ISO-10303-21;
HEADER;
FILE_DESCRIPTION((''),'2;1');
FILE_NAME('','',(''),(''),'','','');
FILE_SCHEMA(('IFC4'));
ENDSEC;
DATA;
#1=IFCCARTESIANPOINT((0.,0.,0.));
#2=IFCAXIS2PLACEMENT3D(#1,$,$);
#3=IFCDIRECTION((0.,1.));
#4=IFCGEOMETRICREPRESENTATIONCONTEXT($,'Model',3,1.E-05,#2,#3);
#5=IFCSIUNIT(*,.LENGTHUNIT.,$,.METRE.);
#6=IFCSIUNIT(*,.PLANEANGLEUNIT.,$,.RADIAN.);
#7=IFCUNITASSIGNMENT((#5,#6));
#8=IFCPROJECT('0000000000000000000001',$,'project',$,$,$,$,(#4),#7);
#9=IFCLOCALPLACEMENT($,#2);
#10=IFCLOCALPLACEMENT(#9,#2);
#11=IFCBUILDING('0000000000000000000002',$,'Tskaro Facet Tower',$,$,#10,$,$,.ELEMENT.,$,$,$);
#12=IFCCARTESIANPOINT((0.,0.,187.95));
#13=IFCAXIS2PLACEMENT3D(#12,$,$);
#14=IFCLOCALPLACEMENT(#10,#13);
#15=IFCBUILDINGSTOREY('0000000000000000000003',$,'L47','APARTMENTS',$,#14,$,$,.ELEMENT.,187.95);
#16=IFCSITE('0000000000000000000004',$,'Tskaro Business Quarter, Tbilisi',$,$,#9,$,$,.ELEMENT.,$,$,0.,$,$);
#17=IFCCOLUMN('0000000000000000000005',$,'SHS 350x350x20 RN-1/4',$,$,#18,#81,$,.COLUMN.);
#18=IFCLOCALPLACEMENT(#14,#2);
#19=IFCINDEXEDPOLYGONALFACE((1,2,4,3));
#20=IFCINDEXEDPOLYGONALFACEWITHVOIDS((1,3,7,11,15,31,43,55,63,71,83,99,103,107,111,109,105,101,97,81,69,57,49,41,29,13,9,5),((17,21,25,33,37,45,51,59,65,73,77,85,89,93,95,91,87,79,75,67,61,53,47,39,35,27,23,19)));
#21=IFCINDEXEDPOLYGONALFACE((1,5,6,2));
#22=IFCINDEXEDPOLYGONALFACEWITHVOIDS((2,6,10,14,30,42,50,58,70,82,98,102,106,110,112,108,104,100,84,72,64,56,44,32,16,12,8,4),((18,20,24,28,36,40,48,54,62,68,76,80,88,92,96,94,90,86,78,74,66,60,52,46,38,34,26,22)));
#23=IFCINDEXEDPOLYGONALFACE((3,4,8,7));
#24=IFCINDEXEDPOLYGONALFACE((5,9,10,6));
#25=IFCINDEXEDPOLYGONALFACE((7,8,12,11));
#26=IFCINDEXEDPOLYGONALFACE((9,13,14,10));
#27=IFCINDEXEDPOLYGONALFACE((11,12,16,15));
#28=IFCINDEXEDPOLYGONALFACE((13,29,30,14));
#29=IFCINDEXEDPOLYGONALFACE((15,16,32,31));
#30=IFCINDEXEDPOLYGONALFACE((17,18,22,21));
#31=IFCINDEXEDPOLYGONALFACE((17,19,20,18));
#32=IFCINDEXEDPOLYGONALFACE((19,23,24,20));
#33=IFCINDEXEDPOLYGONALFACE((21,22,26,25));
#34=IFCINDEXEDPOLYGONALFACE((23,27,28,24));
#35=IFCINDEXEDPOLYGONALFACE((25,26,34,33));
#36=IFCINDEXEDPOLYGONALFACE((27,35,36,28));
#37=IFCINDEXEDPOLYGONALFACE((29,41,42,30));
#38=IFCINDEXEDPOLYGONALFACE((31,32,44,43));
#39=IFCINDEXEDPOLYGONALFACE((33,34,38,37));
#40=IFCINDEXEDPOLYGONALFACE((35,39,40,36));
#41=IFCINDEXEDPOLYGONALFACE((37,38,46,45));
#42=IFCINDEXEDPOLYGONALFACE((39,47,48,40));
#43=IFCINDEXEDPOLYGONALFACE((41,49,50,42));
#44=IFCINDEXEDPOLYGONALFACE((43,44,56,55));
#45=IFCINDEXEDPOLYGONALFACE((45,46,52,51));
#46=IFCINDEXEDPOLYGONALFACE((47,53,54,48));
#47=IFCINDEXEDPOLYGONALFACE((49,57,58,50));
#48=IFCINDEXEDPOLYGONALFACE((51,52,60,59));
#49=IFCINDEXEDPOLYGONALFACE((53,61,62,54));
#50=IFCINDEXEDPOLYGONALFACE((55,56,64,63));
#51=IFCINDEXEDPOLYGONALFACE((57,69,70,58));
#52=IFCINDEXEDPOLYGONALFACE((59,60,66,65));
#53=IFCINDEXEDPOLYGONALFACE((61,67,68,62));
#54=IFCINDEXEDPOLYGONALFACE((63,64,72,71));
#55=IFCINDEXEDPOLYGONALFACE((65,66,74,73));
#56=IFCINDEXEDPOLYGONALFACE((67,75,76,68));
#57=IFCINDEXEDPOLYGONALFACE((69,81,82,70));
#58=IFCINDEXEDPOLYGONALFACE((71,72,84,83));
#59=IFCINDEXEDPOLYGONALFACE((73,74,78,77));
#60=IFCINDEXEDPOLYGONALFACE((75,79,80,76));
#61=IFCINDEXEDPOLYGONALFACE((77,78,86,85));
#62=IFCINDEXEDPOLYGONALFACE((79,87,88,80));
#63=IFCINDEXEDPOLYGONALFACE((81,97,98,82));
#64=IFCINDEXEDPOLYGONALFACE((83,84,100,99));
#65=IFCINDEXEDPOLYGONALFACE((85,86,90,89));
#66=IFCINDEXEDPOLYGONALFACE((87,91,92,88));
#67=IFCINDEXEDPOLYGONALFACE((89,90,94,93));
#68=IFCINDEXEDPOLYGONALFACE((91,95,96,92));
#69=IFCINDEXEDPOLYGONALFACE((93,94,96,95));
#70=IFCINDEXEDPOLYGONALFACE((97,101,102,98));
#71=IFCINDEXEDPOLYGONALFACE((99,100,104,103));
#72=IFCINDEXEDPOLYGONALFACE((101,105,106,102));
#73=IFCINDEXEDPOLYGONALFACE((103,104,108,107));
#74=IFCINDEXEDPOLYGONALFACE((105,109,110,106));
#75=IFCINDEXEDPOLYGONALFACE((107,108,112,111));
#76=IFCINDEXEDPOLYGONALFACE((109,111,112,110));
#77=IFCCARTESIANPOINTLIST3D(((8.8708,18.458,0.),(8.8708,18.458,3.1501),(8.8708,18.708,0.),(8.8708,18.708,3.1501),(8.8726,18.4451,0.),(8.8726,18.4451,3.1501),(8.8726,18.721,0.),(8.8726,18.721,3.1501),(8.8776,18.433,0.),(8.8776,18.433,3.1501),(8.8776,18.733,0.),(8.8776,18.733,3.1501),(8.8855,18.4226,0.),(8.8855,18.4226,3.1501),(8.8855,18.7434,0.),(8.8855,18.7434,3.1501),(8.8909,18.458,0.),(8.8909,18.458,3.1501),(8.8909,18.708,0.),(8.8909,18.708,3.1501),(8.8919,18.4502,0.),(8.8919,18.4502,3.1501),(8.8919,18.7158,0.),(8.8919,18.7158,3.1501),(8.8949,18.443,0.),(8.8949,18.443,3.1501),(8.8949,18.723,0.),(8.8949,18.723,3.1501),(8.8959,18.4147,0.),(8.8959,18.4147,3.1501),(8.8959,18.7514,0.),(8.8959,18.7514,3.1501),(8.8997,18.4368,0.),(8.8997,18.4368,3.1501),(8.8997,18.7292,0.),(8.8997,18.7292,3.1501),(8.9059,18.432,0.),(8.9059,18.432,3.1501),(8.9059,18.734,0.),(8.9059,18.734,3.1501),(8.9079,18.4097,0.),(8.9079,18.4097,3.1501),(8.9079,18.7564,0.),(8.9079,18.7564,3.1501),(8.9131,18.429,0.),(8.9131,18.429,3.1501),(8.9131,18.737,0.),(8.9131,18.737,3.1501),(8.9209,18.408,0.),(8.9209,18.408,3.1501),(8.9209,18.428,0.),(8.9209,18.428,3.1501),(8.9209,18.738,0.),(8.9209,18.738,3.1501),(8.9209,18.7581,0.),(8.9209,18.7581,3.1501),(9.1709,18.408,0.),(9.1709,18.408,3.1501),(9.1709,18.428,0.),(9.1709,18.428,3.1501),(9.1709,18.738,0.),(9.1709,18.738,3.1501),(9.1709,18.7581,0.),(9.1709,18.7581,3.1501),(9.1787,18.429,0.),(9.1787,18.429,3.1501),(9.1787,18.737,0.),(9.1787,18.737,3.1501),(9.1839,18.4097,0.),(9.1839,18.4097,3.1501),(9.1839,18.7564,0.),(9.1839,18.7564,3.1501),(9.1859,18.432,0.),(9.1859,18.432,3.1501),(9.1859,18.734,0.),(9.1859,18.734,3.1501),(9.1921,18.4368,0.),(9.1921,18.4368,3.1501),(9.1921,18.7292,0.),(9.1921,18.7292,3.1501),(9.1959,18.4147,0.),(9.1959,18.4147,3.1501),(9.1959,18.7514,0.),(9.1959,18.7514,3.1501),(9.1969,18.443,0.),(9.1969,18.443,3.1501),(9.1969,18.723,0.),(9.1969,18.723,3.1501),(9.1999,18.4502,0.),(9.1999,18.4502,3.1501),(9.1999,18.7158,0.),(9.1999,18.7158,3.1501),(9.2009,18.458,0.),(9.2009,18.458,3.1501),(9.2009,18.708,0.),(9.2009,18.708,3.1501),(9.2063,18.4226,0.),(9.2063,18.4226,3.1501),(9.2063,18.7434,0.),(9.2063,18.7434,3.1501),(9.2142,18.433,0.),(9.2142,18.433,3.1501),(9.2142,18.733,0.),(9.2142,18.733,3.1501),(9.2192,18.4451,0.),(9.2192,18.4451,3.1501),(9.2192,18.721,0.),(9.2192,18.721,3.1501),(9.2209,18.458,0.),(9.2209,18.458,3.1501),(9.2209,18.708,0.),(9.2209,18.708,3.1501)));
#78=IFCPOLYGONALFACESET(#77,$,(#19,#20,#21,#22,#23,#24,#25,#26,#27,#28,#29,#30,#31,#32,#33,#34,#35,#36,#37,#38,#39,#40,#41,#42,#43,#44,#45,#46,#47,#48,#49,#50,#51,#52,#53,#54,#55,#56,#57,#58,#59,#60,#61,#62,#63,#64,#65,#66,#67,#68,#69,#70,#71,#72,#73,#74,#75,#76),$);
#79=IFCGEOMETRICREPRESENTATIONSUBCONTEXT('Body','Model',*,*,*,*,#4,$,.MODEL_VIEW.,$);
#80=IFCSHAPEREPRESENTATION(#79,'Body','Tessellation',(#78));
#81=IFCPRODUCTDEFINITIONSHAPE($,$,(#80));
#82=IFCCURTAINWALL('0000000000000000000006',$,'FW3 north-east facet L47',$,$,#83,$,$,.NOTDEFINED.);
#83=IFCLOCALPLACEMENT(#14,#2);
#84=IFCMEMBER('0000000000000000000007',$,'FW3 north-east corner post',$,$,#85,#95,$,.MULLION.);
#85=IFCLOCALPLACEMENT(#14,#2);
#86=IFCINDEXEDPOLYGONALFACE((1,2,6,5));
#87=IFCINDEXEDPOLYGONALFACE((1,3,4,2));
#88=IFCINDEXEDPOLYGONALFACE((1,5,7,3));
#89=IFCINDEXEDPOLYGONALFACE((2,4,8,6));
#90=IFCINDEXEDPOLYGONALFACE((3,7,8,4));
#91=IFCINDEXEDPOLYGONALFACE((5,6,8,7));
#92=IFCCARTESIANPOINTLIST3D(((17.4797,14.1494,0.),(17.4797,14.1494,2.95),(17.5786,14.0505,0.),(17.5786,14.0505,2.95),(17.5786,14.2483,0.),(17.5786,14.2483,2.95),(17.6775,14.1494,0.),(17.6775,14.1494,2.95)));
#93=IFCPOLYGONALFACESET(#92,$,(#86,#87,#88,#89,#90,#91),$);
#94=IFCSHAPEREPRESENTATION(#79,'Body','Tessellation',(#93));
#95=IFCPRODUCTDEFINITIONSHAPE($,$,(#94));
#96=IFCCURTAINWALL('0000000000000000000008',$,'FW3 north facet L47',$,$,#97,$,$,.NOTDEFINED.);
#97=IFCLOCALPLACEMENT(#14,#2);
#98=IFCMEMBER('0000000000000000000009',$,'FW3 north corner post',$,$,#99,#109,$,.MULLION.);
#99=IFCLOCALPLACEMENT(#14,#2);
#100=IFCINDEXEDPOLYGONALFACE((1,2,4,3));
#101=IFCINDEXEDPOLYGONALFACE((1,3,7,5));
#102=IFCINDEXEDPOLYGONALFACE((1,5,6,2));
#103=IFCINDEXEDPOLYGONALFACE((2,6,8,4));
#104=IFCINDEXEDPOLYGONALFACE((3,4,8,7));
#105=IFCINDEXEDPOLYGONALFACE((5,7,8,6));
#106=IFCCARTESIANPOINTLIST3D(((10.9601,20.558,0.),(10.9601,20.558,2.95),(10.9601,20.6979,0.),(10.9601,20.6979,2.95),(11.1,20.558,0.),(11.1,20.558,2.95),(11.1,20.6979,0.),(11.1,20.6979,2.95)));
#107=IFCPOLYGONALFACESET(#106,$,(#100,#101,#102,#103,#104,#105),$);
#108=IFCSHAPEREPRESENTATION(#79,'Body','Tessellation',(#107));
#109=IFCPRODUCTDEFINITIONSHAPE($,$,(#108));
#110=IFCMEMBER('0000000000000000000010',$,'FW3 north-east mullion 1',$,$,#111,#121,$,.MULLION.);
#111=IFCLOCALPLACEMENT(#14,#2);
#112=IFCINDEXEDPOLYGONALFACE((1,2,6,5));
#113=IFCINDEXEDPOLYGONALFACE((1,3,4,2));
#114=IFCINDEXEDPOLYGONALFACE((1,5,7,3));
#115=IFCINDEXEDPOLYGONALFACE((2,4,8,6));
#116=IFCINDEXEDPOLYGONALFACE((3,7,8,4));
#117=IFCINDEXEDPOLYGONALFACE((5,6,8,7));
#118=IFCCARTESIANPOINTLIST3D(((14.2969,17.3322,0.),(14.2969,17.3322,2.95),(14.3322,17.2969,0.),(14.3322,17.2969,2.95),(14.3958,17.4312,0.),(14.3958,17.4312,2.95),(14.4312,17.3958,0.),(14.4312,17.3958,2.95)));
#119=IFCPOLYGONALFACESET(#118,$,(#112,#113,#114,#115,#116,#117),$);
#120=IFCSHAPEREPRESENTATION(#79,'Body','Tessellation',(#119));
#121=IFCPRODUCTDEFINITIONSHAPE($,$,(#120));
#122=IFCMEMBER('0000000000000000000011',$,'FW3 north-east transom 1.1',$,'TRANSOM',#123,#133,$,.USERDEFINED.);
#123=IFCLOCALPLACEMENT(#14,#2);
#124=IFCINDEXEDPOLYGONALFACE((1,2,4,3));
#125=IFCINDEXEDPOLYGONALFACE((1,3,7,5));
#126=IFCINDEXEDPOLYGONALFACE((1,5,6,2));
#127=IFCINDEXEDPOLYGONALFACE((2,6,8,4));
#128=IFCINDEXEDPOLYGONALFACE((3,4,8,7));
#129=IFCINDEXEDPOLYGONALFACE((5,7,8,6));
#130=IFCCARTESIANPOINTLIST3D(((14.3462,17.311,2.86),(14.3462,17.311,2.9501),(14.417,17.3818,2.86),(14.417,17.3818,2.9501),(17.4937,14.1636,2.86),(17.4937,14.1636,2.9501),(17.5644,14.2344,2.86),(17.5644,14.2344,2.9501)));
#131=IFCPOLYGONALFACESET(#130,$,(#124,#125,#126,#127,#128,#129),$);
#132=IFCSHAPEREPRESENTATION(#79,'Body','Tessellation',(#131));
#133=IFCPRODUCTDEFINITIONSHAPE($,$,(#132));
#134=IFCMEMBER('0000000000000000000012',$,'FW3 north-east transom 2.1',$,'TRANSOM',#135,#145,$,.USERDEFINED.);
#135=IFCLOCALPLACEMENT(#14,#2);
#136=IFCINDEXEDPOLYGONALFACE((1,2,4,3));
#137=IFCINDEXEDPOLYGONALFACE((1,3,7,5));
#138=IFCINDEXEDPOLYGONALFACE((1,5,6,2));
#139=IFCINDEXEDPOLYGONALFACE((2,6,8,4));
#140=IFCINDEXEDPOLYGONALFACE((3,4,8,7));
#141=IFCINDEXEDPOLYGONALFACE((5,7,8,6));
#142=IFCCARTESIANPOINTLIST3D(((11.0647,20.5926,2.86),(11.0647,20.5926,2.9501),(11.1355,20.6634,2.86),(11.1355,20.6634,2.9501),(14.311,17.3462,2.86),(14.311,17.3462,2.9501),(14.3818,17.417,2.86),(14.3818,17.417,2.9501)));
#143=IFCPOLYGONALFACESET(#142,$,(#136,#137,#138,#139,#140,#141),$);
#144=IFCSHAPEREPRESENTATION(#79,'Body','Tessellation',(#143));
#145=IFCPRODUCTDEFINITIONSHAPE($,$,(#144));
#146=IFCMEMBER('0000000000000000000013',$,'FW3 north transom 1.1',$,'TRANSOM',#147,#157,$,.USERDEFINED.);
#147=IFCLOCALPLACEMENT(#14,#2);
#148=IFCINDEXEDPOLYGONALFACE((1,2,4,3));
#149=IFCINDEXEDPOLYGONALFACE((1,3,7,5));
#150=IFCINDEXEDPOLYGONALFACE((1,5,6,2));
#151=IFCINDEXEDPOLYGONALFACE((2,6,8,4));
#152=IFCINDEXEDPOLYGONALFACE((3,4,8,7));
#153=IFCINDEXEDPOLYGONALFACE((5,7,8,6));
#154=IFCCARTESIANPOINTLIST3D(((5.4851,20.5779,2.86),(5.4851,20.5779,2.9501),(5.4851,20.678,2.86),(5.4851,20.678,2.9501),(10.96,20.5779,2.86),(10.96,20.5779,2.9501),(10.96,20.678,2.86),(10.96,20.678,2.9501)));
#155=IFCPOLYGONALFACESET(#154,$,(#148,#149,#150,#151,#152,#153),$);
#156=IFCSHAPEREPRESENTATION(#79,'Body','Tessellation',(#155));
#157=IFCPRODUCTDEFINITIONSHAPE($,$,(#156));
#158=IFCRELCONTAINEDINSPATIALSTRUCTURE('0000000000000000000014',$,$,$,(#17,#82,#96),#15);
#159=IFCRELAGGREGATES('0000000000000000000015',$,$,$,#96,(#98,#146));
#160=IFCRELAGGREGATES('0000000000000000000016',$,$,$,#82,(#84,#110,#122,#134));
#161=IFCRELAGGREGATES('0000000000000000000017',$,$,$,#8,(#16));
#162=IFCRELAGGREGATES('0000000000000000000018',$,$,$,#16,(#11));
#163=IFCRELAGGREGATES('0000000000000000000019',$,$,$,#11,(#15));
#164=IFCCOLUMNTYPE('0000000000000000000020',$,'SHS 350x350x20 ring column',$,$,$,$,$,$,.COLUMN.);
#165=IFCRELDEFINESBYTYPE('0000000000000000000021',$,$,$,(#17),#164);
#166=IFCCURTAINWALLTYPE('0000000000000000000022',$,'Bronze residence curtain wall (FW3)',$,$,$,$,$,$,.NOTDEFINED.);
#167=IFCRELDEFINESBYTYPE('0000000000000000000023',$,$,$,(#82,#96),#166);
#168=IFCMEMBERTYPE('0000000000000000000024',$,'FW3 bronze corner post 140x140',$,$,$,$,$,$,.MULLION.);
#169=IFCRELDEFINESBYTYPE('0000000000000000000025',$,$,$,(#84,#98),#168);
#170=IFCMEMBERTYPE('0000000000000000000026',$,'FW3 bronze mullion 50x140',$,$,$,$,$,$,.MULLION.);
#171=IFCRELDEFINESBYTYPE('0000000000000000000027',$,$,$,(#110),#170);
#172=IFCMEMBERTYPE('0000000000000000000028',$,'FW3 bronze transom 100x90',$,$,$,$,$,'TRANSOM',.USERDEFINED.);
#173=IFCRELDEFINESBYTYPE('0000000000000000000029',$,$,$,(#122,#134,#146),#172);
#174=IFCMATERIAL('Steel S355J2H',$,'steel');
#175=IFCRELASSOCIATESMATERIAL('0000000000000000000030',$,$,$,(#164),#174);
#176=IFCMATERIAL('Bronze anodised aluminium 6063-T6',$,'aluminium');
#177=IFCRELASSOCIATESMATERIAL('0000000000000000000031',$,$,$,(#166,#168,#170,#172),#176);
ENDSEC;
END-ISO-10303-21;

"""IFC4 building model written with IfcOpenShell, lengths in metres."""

from ifc_helpers import new_model, si_unit, direction, frame, origin, origin_2d, place, context, subcontext, project, spatial, rectangle, hollow_rectangle, extrude, material, material_profile, profile_set, type_object, element, aggregate, save


model = new_model("IFC4")

# Units and contexts
model_context = context("Model", 3, precision=1e-05, world=origin(), true_north=direction((0.0, 1.0)))
body_context = subcontext(model_context, "Body", "Model", "MODEL_VIEW")
ifc_project = project(units=[si_unit("LENGTHUNIT", "METRE"), si_unit("PLANEANGLEUNIT", "RADIAN")], contexts=[model_context])

# Site, building, storey
site_placement = place(None, origin())
site = spatial("IfcSite", under=ifc_project, at=site_placement, Name="Tskaro Business Quarter, Tbilisi", CompositionType="ELEMENT", RefElevation=0.0)
building_placement = place(site_placement, origin())
building = spatial("IfcBuilding", under=site, at=building_placement, Name="Tskaro Facet Tower", CompositionType="ELEMENT")
storey_placement = place(building_placement, frame((0.0, 0.0, 187.95)))
storey = spatial("IfcBuildingStorey", under=building, at=storey_placement, Name="L47", Description="APARTMENTS", CompositionType="ELEMENT", Elevation=187.95)

# Column
ifc_material_1 = material(Name="Steel S355J2H", Category="steel")
ifc_material_profile_1 = material_profile(ifc_material_1, hollow_rectangle(XDim=0.3501, YDim=0.3501, WallThickness=0.02, InnerFilletRadius=0.03, OuterFilletRadius=0.05, at=origin_2d()), Name="SHS 350x350x20")
ifc_profile_set_1 = profile_set([ifc_material_profile_1], Name="Steel S355J2H")
column_type_1 = type_object("IfcColumnType", Name="SHS 350x350x20 ring column", PredefinedType="COLUMN", material=ifc_profile_set_1)
for number, where, z_axis, x_axis, name in (
    (1, (9.0459, 18.583, 0.0), (0.0, 0.0, 1.0), (1.0, 0.0, 0.0), "SHS 350x350x20 RN-1/4"),
):
    element("IfcColumn", number, at=place(storey_placement, frame(where, z_axis=z_axis, x_axis=x_axis)), inside=storey, type_object=column_type_1, Name=name, PredefinedType="COLUMN", context=body_context, shape_type="SweptSolid", body=[
        extrude(hollow_rectangle(XDim=0.3501, YDim=0.3501, WallThickness=0.02, InnerFilletRadius=0.03, OuterFilletRadius=0.05, at=origin_2d()), origin(), (0.0, 0.0, 1.0), 3.1501),
    ])

# Curtain walls, members
ifc_material_2 = material(Name="Bronze anodised aluminium 6063-T6", Category="aluminium")
curtain_wall_type = type_object("IfcCurtainWallType", Name="Bronze residence curtain wall (FW3)", PredefinedType="NOTDEFINED", material=ifc_material_2)
curtain_wall_1_placement = place(storey_placement, origin())
curtain_wall_1 = element("IfcCurtainWall", 2, at=curtain_wall_1_placement, inside=storey, type_object=curtain_wall_type, Name="FW3 north-east facet L47", PredefinedType="NOTDEFINED")
ifc_material_profile_2 = material_profile(ifc_material_2, rectangle(XDim=0.1399, YDim=0.1399, at=origin_2d()), Name="Corner post 140x140")
ifc_profile_set_2 = profile_set([ifc_material_profile_2], Name="Bronze anodised aluminium 6063-T6")
member_type_1 = type_object("IfcMemberType", Name="FW3 bronze corner post 140x140", PredefinedType="MULLION", material=ifc_profile_set_2)
member_1_placement = place(storey_placement, frame((17.5786, 14.1494, 0.0), z_axis=(0.0, 0.0, 1.0), x_axis=(-0.707107, 0.707107, 0.0)))
member_1 = element("IfcMember", 3, at=member_1_placement, type_object=member_type_1, Name="FW3 north-east corner post", PredefinedType="MULLION", context=body_context, shape_type="SweptSolid", body=[
    extrude(rectangle(XDim=0.1399, YDim=0.1399, at=origin_2d()), origin(), (0.0, 0.0, 1.0), 2.95),
])
curtain_wall_2_placement = place(storey_placement, origin())
curtain_wall_2 = element("IfcCurtainWall", 4, at=curtain_wall_2_placement, inside=storey, type_object=curtain_wall_type, Name="FW3 north facet L47", PredefinedType="NOTDEFINED")
member_2_placement = place(storey_placement, frame((11.03, 20.6279, 0.0), z_axis=(0.0, 0.0, 1.0), x_axis=(-1.0, 0.0, 0.0)))
member_2 = element("IfcMember", 5, at=member_2_placement, type_object=member_type_1, Name="FW3 north corner post", PredefinedType="MULLION", context=body_context, shape_type="SweptSolid", body=[
    extrude(rectangle(XDim=0.1399, YDim=0.1399, at=origin_2d()), origin(), (0.0, 0.0, 1.0), 2.95),
])

# Members
ifc_material_profile_3 = material_profile(ifc_material_2, rectangle(XDim=0.05, YDim=0.1399, at=origin_2d()), Name="Mullion 50x140")
ifc_profile_set_3 = profile_set([ifc_material_profile_3], Name="Bronze anodised aluminium 6063-T6")
member_type_2 = type_object("IfcMemberType", Name="FW3 bronze mullion 50x140", PredefinedType="MULLION", material=ifc_profile_set_3)
member_3_placement = place(storey_placement, frame((14.364, 17.364, 0.0), z_axis=(0.0, 0.0, 1.0), x_axis=(-0.707107, 0.707107, 0.0)))
member_3 = element("IfcMember", 6, at=member_3_placement, type_object=member_type_2, Name="FW3 north-east mullion 1", PredefinedType="MULLION", context=body_context, shape_type="SweptSolid", body=[
    extrude(rectangle(XDim=0.05, YDim=0.1399, at=origin_2d()), origin(), (0.0, 0.0, 1.0), 2.95),
])
ifc_material_profile_4 = material_profile(ifc_material_2, rectangle(XDim=0.1001, YDim=0.0901, at=origin_2d()), Name="Transom 100x90")
ifc_profile_set_4 = profile_set([ifc_material_profile_4], Name="Bronze anodised aluminium 6063-T6")
member_type_3 = type_object("IfcMemberType", Name="FW3 bronze transom 100x90", ElementType="TRANSOM", PredefinedType="USERDEFINED", material=ifc_profile_set_4)
member_4_placement = place(storey_placement, frame((17.5291, 14.199, 2.905), z_axis=(-0.707107, 0.707107, 0.0), x_axis=(-0.707107, -0.707107, 0.0)))
member_4 = element("IfcMember", 7, at=member_4_placement, type_object=member_type_3, Name="FW3 north-east transom 1.1", ObjectType="TRANSOM", PredefinedType="USERDEFINED", context=body_context, shape_type="SweptSolid", body=[
    extrude(rectangle(XDim=0.1001, YDim=0.0901, at=origin_2d()), origin(), (0.0, 0.0, 1.0), 4.4512),
])
member_5_placement = place(storey_placement, frame((14.3464, 17.3816, 2.905), z_axis=(-0.707107, 0.707107, 0.0), x_axis=(-0.707107, -0.707107, 0.0)))
member_5 = element("IfcMember", 8, at=member_5_placement, type_object=member_type_3, Name="FW3 north-east transom 2.1", ObjectType="TRANSOM", PredefinedType="USERDEFINED", context=body_context, shape_type="SweptSolid", body=[
    extrude(rectangle(XDim=0.1001, YDim=0.0901, at=origin_2d()), origin(), (0.0, 0.0, 1.0), 4.5911),
])
member_6_placement = place(storey_placement, frame((10.96, 20.6279, 2.905), z_axis=(-1.0, 0.0, 0.0), x_axis=(0.0, -1.0, 0.0)))
member_6 = element("IfcMember", 9, at=member_6_placement, type_object=member_type_3, Name="FW3 north transom 1.1", ObjectType="TRANSOM", PredefinedType="USERDEFINED", context=body_context, shape_type="SweptSolid", body=[
    extrude(rectangle(XDim=0.1001, YDim=0.0901, at=origin_2d()), origin(), (0.0, 0.0, 1.0), 5.4749),
])
aggregate(curtain_wall_2, [member_2, member_6])

aggregate(curtain_wall_1, [member_1, member_3, member_4, member_5])

save(model, "model.ifc")
